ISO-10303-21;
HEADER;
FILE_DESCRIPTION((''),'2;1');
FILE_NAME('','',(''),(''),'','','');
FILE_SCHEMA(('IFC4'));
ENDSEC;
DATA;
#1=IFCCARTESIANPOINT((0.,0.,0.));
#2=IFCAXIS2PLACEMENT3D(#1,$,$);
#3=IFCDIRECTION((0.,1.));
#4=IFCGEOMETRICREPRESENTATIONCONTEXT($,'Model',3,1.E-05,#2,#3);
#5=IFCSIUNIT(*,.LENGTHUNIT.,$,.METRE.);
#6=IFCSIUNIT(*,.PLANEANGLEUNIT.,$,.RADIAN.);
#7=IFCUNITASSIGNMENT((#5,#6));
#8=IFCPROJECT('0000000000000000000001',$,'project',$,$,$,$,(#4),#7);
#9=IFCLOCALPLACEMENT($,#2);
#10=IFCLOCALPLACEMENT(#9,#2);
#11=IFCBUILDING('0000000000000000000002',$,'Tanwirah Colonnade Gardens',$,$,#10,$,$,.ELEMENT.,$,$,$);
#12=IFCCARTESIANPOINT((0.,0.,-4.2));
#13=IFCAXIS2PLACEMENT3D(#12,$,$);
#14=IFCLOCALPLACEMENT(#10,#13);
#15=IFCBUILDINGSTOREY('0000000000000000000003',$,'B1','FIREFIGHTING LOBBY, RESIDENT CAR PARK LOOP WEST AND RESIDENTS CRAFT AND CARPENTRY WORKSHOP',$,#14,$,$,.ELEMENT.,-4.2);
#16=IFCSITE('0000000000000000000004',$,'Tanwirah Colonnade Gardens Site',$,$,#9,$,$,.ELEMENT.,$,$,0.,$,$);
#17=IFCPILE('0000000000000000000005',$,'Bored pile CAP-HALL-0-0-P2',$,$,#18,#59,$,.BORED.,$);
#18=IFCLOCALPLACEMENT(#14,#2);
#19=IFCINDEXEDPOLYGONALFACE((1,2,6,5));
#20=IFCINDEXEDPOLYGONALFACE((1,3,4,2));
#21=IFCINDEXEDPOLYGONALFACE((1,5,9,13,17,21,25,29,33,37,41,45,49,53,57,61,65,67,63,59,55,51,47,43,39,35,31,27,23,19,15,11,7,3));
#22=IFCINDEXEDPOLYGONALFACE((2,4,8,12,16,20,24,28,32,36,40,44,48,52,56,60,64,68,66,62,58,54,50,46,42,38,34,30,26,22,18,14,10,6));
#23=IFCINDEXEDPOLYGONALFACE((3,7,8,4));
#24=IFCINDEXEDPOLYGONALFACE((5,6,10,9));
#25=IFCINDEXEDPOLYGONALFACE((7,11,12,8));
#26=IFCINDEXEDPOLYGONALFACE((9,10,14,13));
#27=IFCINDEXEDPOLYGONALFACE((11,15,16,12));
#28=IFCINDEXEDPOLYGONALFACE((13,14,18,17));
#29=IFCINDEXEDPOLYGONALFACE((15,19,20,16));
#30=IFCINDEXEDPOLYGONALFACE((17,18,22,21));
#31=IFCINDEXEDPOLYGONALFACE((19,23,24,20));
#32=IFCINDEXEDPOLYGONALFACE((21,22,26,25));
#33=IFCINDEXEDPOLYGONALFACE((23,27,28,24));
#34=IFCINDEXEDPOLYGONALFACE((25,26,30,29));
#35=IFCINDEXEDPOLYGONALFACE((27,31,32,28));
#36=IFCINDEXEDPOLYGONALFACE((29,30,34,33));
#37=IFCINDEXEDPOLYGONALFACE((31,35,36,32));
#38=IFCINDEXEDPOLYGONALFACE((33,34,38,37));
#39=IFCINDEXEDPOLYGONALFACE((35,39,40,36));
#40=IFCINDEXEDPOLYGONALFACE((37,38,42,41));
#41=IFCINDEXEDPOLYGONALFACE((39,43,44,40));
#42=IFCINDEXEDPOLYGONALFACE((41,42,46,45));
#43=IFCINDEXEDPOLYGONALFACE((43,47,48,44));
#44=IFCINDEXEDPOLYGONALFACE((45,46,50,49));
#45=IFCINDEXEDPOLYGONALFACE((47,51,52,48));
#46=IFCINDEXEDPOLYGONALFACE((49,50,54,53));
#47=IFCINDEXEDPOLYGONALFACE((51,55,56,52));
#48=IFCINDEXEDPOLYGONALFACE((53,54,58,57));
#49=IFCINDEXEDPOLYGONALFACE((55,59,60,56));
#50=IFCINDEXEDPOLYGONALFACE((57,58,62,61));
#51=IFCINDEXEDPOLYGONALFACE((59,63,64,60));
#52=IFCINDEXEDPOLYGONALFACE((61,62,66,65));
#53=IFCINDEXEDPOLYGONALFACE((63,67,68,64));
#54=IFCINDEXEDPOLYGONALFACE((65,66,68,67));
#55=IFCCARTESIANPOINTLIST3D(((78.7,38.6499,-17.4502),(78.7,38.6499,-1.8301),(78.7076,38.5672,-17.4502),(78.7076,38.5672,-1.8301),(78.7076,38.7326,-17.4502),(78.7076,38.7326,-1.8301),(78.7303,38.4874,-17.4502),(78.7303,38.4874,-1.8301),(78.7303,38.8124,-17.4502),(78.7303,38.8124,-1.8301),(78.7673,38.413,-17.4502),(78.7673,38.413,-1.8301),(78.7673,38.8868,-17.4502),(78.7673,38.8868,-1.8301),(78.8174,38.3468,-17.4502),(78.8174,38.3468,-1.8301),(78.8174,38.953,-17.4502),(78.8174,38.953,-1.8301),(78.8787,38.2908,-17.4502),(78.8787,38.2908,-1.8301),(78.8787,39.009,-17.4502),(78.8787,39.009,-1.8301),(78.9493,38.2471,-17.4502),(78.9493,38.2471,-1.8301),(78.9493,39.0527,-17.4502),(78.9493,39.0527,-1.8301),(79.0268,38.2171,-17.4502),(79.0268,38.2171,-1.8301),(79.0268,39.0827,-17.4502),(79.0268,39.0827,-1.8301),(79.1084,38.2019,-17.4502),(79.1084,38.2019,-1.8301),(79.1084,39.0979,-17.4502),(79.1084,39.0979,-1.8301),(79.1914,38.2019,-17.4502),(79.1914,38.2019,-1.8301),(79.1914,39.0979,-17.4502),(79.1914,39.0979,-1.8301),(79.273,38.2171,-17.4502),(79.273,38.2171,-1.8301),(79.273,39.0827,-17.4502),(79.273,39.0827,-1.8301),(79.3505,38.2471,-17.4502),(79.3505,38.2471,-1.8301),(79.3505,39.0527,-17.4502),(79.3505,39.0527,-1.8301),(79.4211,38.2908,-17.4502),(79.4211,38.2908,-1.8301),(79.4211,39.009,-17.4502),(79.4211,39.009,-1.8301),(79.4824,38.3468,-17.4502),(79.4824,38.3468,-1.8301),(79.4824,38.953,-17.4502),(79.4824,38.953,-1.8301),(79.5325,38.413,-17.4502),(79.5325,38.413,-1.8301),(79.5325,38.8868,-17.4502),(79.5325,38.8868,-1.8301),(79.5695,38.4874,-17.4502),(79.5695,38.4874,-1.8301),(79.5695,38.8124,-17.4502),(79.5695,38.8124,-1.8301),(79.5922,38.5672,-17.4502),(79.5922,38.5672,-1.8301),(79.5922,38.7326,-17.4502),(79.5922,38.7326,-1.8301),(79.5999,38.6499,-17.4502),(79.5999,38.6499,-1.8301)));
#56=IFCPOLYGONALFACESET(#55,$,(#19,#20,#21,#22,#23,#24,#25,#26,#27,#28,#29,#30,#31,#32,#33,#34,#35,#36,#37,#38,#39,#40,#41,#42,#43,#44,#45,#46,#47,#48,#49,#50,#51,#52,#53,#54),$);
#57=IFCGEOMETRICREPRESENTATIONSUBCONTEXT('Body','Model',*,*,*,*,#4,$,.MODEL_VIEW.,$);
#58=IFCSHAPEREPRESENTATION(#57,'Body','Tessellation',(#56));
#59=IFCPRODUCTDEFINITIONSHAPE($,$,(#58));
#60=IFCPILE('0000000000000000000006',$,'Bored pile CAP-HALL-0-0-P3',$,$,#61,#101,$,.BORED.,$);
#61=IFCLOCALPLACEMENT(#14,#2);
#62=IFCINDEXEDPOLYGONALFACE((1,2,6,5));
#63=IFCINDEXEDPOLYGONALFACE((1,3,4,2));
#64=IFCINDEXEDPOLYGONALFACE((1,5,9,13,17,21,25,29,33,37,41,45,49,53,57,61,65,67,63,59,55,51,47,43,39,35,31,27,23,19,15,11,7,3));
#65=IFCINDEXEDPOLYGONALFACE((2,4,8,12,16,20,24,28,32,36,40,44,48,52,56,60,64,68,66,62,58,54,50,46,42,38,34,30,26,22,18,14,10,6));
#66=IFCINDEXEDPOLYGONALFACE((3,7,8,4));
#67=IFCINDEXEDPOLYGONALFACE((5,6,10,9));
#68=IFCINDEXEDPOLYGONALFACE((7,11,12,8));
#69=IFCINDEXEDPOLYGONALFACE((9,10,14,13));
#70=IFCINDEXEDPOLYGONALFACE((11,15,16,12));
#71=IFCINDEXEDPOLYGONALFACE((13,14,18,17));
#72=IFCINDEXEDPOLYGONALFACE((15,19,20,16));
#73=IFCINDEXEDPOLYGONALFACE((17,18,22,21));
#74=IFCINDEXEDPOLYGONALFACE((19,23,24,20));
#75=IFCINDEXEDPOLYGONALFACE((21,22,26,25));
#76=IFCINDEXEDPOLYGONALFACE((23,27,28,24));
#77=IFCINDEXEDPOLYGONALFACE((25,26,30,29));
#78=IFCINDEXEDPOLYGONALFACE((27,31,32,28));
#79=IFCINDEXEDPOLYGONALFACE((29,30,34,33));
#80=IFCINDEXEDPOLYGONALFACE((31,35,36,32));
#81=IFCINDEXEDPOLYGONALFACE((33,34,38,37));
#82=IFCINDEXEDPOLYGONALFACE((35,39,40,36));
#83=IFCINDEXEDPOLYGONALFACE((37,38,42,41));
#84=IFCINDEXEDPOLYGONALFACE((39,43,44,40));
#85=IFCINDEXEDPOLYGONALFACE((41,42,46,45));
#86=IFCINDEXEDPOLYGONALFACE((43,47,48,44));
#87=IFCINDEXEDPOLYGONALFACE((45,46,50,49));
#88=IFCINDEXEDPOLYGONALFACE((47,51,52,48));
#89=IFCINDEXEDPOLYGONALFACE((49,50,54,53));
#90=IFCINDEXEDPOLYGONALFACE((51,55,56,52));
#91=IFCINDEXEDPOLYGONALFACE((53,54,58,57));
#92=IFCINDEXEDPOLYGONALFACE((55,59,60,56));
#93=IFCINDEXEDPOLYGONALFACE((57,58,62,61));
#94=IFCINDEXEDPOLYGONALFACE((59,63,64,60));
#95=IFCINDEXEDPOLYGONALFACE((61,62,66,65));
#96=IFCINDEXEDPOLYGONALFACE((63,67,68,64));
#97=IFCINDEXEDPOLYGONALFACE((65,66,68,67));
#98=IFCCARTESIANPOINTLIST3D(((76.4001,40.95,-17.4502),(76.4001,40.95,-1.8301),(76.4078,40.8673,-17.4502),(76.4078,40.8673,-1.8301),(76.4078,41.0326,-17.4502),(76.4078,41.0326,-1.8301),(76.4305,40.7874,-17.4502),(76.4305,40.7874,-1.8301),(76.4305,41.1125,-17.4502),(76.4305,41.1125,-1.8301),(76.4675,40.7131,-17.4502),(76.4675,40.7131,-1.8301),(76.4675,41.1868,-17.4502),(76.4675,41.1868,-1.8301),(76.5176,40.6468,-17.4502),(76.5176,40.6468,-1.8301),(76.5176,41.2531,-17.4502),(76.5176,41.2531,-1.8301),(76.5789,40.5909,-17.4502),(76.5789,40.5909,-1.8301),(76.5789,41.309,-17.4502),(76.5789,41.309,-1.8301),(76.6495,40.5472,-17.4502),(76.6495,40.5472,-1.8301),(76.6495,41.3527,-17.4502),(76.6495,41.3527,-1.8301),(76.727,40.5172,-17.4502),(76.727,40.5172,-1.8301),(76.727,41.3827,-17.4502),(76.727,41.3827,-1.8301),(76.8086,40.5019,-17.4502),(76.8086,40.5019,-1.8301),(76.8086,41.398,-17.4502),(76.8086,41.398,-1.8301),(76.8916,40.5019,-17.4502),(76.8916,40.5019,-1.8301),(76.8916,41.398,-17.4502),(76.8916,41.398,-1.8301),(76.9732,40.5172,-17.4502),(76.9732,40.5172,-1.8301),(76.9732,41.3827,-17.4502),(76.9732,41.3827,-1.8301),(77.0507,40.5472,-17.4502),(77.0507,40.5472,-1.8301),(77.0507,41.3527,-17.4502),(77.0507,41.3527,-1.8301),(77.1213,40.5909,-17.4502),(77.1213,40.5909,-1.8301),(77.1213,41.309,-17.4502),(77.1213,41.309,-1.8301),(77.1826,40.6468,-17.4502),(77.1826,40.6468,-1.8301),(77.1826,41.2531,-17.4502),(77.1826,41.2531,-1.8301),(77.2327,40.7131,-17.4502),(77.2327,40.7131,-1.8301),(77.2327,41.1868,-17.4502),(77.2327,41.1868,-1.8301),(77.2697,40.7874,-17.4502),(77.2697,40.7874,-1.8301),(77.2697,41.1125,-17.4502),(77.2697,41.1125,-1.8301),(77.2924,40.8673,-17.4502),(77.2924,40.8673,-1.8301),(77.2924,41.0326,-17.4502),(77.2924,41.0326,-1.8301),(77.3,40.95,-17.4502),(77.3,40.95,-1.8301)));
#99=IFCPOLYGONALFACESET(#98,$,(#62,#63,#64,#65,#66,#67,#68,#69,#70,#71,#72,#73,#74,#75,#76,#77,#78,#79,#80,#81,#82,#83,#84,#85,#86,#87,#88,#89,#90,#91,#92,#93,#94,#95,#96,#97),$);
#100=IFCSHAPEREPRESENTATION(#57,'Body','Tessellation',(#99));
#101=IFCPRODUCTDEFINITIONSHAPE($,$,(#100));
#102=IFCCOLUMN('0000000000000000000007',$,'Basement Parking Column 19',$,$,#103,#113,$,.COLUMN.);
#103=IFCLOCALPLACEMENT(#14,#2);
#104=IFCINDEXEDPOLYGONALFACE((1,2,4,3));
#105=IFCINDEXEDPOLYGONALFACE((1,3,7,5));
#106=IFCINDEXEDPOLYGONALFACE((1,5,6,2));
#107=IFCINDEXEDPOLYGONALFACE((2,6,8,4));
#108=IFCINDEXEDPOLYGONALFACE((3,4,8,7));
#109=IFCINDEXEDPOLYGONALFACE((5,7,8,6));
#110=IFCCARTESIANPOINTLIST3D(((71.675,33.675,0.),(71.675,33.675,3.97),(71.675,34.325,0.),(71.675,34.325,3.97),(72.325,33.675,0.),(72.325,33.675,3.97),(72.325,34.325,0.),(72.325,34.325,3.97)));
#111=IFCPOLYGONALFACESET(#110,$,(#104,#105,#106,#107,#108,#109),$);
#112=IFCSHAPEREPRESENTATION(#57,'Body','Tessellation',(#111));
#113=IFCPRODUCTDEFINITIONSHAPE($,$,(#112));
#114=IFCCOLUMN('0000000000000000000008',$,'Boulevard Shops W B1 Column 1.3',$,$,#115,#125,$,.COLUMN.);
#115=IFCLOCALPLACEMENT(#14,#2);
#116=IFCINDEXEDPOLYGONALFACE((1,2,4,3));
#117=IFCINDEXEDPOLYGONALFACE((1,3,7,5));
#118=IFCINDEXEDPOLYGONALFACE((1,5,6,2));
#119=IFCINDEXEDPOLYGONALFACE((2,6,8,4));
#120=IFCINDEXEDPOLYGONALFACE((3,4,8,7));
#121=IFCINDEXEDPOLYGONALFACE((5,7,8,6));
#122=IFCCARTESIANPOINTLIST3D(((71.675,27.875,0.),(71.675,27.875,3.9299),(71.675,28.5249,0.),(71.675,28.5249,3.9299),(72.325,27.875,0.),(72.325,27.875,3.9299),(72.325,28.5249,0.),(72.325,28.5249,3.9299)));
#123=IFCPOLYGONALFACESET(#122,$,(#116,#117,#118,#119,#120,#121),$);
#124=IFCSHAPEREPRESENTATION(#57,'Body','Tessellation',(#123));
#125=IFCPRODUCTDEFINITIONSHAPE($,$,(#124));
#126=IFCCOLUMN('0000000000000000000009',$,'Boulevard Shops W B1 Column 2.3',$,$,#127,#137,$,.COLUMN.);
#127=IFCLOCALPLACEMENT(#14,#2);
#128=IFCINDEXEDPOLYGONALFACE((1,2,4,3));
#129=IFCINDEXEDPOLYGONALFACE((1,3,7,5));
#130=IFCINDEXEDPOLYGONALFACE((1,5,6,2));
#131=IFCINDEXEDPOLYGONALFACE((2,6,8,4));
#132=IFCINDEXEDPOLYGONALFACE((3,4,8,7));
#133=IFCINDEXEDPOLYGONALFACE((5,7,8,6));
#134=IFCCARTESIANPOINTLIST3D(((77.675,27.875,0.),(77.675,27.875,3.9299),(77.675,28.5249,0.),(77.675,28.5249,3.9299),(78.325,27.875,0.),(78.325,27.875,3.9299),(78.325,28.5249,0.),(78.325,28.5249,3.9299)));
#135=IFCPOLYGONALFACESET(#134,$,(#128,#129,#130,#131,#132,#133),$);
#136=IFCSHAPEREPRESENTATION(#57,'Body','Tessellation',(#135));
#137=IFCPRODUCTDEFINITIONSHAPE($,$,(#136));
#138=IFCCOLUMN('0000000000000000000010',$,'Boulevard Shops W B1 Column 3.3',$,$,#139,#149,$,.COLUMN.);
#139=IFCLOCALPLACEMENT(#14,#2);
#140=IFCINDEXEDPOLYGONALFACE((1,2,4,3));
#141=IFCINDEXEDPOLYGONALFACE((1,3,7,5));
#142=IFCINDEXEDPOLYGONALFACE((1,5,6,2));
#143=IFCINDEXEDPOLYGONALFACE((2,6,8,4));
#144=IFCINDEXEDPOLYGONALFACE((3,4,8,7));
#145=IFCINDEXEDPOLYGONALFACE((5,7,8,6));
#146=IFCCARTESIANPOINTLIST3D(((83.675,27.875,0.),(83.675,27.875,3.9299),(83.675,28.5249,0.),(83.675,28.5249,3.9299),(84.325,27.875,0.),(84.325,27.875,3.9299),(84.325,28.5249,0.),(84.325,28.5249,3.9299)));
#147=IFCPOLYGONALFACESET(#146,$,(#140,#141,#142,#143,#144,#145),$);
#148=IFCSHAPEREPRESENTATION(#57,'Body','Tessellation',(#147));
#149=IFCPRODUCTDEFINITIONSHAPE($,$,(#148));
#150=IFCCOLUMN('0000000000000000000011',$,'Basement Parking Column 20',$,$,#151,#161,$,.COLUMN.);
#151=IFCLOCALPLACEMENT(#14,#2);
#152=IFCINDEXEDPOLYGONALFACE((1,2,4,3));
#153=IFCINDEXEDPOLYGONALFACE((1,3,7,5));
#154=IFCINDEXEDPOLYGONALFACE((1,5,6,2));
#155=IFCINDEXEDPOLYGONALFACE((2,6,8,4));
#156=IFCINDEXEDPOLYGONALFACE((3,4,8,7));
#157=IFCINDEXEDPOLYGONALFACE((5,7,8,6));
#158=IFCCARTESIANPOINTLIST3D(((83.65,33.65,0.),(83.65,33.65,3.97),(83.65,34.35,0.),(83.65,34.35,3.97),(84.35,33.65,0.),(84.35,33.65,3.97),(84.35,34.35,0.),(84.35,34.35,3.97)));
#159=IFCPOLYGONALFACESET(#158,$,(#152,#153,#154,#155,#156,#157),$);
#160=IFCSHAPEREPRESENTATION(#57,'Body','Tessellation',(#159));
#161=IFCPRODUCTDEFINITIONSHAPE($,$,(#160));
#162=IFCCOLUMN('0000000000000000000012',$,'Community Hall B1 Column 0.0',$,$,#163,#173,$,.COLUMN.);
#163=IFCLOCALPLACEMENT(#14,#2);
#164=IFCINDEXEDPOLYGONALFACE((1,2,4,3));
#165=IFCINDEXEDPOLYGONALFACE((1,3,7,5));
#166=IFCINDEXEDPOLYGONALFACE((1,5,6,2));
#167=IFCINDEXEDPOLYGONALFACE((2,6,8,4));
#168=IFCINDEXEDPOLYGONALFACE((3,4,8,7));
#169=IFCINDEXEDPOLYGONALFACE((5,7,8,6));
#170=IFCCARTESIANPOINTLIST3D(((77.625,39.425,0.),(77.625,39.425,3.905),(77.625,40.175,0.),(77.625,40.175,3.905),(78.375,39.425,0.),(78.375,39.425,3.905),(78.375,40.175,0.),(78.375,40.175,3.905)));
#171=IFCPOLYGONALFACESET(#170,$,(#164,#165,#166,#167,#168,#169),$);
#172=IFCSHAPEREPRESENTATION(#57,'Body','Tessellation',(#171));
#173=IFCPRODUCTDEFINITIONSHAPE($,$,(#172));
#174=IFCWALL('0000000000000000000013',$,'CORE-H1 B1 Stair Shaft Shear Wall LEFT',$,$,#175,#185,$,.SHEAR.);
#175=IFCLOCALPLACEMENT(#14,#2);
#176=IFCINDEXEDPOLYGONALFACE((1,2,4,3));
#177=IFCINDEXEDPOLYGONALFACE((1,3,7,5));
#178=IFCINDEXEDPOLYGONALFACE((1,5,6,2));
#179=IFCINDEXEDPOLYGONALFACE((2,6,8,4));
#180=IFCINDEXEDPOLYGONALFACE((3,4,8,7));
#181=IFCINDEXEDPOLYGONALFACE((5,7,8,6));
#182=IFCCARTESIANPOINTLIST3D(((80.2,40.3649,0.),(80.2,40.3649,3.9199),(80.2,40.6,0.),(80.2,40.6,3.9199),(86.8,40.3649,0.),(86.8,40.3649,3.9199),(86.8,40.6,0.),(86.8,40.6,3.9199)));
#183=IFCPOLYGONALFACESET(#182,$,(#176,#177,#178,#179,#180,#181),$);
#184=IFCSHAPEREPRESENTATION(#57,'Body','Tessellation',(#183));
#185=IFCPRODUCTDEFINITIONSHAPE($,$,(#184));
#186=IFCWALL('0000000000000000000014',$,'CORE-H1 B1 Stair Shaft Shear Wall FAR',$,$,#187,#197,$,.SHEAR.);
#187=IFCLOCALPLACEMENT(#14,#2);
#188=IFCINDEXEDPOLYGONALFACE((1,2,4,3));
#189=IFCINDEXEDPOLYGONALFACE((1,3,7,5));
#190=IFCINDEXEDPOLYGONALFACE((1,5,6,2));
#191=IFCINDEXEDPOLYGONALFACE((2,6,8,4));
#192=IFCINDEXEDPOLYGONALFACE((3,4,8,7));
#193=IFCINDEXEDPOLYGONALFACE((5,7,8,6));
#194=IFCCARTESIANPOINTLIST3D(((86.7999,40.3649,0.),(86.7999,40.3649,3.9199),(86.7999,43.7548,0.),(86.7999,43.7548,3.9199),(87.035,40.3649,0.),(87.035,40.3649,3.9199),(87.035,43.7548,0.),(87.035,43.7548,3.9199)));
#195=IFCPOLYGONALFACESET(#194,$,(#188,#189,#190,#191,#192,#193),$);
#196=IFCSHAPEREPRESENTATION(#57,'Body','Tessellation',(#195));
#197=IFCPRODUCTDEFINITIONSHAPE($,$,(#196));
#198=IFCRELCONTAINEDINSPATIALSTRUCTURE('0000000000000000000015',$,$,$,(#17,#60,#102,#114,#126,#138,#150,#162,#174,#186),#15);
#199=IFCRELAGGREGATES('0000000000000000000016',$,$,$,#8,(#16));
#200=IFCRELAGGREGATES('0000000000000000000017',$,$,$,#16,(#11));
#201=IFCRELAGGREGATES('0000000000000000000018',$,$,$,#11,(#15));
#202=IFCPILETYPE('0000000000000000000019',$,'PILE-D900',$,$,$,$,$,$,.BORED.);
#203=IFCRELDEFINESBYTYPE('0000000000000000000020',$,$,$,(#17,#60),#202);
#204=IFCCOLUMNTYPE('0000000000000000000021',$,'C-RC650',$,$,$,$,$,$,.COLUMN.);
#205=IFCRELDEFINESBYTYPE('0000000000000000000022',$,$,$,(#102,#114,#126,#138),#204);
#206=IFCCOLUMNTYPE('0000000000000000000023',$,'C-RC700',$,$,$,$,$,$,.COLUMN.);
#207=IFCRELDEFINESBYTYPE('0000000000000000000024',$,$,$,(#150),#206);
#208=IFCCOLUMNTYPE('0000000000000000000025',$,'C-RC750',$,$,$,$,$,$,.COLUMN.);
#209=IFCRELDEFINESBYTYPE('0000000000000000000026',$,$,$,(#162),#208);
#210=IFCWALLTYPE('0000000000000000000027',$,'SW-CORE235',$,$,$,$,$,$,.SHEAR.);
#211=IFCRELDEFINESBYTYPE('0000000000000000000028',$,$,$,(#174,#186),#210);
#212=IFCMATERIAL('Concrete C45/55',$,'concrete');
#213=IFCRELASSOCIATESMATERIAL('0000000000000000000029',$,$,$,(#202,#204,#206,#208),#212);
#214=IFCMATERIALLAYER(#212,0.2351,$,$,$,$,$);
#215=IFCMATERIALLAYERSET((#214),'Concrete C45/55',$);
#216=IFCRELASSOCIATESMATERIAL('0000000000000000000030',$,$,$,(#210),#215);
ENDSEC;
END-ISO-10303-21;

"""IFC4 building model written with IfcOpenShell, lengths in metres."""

from ifc_helpers import new_model, si_unit, direction, frame, frame_2d, origin, origin_2d, place, context, subcontext, project, spatial, rectangle, circle, extrude, material, layer, layer_set, material_profile, profile_set, type_object, element, save


model = new_model("IFC4")

# Units and contexts
model_context = context("Model", 3, precision=1e-05, world=origin(), true_north=direction((0.0, 1.0)))
body_context = subcontext(model_context, "Body", "Model", "MODEL_VIEW")
ifc_project = project(units=[si_unit("LENGTHUNIT", "METRE"), si_unit("PLANEANGLEUNIT", "RADIAN")], contexts=[model_context])

# Site, building, storey
site_placement = place(None, origin())
site = spatial("IfcSite", under=ifc_project, at=site_placement, Name="Tanwirah Colonnade Gardens Site", CompositionType="ELEMENT", RefElevation=0.0)
building_placement = place(site_placement, origin())
building = spatial("IfcBuilding", under=site, at=building_placement, Name="Tanwirah Colonnade Gardens", CompositionType="ELEMENT")
storey_placement = place(building_placement, frame((0.0, 0.0, -4.2)))
storey = spatial("IfcBuildingStorey", under=building, at=storey_placement, Name="B1", Description="FIREFIGHTING LOBBY, RESIDENT CAR PARK LOOP WEST AND RESIDENTS CRAFT AND CARPENTRY WORKSHOP", CompositionType="ELEMENT", Elevation=-4.2)

# Shared definitions
ifc_material = material(Name="Concrete C45/55", Category="concrete")

# Piles
ifc_material_profile_1 = material_profile(ifc_material, circle(Radius=0.45, at=origin_2d()), Name="PILE D900")
ifc_profile_set_1 = profile_set([ifc_material_profile_1], Name="Concrete C45/55")
pile_type_1 = type_object("IfcPileType", Name="PILE-D900", PredefinedType="BORED", material=ifc_profile_set_1)
for number, where, z_axis, x_axis, name in (
    (1, (79.1499, 38.6499, -1.8301), (0.0, 0.0, -1.0), (1.0, 0.0, 0.0), "Bored pile CAP-HALL-0-0-P2"),
    (2, (76.8501, 40.95, -1.8301), (0.0, 0.0, -1.0), (1.0, 0.0, 0.0), "Bored pile CAP-HALL-0-0-P3"),
):
    element("IfcPile", number, at=place(storey_placement, frame(where, z_axis=z_axis, x_axis=x_axis)), inside=storey, type_object=pile_type_1, Name=name, PredefinedType="BORED", context=body_context, shape_type="SweptSolid", body=[
        extrude(circle(Radius=0.45, at=origin_2d()), origin(), (0.0, 0.0, 1.0), 15.6201),
    ])

# Columns
ifc_material_profile_2 = material_profile(ifc_material, rectangle(XDim=0.6499, YDim=0.6499, at=origin_2d()), Name="RC-COL 650x650")
ifc_profile_set_2 = profile_set([ifc_material_profile_2], Name="Concrete C45/55")
column_type_1 = type_object("IfcColumnType", Name="C-RC650", PredefinedType="COLUMN", material=ifc_profile_set_2)
column_1_placement = place(storey_placement, frame((72.0, 34.0, 0.0), z_axis=(0.0, 0.0, 1.0), x_axis=(1.0, 0.0, 0.0)))
element("IfcColumn", 3, at=column_1_placement, inside=storey, type_object=column_type_1, Name="Basement Parking Column 19", PredefinedType="COLUMN", context=body_context, shape_type="SweptSolid", body=[
    extrude(rectangle(XDim=0.6499, YDim=0.6499, at=origin_2d()), origin(), (0.0, 0.0, 1.0), 3.97),
])
for number, where, z_axis, x_axis, name in (
    (4, (72.0, 28.2, 0.0), (0.0, 0.0, 1.0), (1.0, 0.0, 0.0), "Boulevard Shops W B1 Column 1.3"),
    (5, (78.0, 28.2, 0.0), (0.0, 0.0, 1.0), (1.0, 0.0, 0.0), "Boulevard Shops W B1 Column 2.3"),
    (6, (84.0, 28.2, 0.0), (0.0, 0.0, 1.0), (1.0, 0.0, 0.0), "Boulevard Shops W B1 Column 3.3"),
):
    element("IfcColumn", number, at=place(storey_placement, frame(where, z_axis=z_axis, x_axis=x_axis)), inside=storey, type_object=column_type_1, Name=name, PredefinedType="COLUMN", context=body_context, shape_type="SweptSolid", body=[
        extrude(rectangle(XDim=0.6499, YDim=0.6499, at=origin_2d()), origin(), (0.0, 0.0, 1.0), 3.9299),
    ])
ifc_material_profile_3 = material_profile(ifc_material, rectangle(XDim=0.7, YDim=0.7, at=origin_2d()), Name="RC-COL 700x700")
ifc_profile_set_3 = profile_set([ifc_material_profile_3], Name="Concrete C45/55")
column_type_2 = type_object("IfcColumnType", Name="C-RC700", PredefinedType="COLUMN", material=ifc_profile_set_3)
column_2_placement = place(storey_placement, frame((84.0, 34.0, 0.0), z_axis=(0.0, 0.0, 1.0), x_axis=(1.0, 0.0, 0.0)))
element("IfcColumn", 7, at=column_2_placement, inside=storey, type_object=column_type_2, Name="Basement Parking Column 20", PredefinedType="COLUMN", context=body_context, shape_type="SweptSolid", body=[
    extrude(rectangle(XDim=0.7, YDim=0.7, at=origin_2d()), origin(), (0.0, 0.0, 1.0), 3.97),
])
ifc_material_profile_4 = material_profile(ifc_material, rectangle(XDim=0.75, YDim=0.75, at=origin_2d()), Name="RC-COL 750x750")
ifc_profile_set_4 = profile_set([ifc_material_profile_4], Name="Concrete C45/55")
column_type_3 = type_object("IfcColumnType", Name="C-RC750", PredefinedType="COLUMN", material=ifc_profile_set_4)
column_3_placement = place(storey_placement, frame((78.0, 39.8, 0.0), z_axis=(0.0, 0.0, 1.0), x_axis=(1.0, 0.0, 0.0)))
element("IfcColumn", 8, at=column_3_placement, inside=storey, type_object=column_type_3, Name="Community Hall B1 Column 0.0", PredefinedType="COLUMN", context=body_context, shape_type="SweptSolid", body=[
    extrude(rectangle(XDim=0.75, YDim=0.75, at=origin_2d()), origin(), (0.0, 0.0, 1.0), 3.905),
])

# Walls
ifc_layer = layer(ifc_material, 0.2351)
ifc_layer_set = layer_set([ifc_layer], Name="Concrete C45/55")
wall_type = type_object("IfcWallType", Name="SW-CORE235", PredefinedType="SHEAR", material=ifc_layer_set)
wall_1_placement = place(storey_placement, frame((80.2, 40.4824, 0.0), z_axis=(0.0, 0.0, 1.0), x_axis=(1.0, 0.0, 0.0)))
element("IfcWall", 9, at=wall_1_placement, inside=storey, type_object=wall_type, Name="CORE-H1 B1 Stair Shaft Shear Wall LEFT", PredefinedType="SHEAR", context=body_context, shape_type="SweptSolid", body=[
    extrude(rectangle(XDim=6.6001, YDim=0.2351, at=frame_2d((3.3, 0.0))), origin(), (0.0, 0.0, 1.0), 3.9199),
])
for number, where, z_axis, x_axis, name in (
    (10, (86.9175, 40.365, 0.0), (0.0, 0.0, 1.0), (0.0, 1.0, 0.0), "CORE-H1 B1 Stair Shaft Shear Wall FAR"),
):
    element("IfcWall", number, at=place(storey_placement, frame(where, z_axis=z_axis, x_axis=x_axis)), inside=storey, type_object=wall_type, Name=name, PredefinedType="SHEAR", context=body_context, shape_type="SweptSolid", body=[
        extrude(rectangle(XDim=3.3899, YDim=0.2351, at=frame_2d((1.6948, 0.0))), origin(), (0.0, 0.0, 1.0), 3.9199),
    ])

save(model, "model.ifc")
